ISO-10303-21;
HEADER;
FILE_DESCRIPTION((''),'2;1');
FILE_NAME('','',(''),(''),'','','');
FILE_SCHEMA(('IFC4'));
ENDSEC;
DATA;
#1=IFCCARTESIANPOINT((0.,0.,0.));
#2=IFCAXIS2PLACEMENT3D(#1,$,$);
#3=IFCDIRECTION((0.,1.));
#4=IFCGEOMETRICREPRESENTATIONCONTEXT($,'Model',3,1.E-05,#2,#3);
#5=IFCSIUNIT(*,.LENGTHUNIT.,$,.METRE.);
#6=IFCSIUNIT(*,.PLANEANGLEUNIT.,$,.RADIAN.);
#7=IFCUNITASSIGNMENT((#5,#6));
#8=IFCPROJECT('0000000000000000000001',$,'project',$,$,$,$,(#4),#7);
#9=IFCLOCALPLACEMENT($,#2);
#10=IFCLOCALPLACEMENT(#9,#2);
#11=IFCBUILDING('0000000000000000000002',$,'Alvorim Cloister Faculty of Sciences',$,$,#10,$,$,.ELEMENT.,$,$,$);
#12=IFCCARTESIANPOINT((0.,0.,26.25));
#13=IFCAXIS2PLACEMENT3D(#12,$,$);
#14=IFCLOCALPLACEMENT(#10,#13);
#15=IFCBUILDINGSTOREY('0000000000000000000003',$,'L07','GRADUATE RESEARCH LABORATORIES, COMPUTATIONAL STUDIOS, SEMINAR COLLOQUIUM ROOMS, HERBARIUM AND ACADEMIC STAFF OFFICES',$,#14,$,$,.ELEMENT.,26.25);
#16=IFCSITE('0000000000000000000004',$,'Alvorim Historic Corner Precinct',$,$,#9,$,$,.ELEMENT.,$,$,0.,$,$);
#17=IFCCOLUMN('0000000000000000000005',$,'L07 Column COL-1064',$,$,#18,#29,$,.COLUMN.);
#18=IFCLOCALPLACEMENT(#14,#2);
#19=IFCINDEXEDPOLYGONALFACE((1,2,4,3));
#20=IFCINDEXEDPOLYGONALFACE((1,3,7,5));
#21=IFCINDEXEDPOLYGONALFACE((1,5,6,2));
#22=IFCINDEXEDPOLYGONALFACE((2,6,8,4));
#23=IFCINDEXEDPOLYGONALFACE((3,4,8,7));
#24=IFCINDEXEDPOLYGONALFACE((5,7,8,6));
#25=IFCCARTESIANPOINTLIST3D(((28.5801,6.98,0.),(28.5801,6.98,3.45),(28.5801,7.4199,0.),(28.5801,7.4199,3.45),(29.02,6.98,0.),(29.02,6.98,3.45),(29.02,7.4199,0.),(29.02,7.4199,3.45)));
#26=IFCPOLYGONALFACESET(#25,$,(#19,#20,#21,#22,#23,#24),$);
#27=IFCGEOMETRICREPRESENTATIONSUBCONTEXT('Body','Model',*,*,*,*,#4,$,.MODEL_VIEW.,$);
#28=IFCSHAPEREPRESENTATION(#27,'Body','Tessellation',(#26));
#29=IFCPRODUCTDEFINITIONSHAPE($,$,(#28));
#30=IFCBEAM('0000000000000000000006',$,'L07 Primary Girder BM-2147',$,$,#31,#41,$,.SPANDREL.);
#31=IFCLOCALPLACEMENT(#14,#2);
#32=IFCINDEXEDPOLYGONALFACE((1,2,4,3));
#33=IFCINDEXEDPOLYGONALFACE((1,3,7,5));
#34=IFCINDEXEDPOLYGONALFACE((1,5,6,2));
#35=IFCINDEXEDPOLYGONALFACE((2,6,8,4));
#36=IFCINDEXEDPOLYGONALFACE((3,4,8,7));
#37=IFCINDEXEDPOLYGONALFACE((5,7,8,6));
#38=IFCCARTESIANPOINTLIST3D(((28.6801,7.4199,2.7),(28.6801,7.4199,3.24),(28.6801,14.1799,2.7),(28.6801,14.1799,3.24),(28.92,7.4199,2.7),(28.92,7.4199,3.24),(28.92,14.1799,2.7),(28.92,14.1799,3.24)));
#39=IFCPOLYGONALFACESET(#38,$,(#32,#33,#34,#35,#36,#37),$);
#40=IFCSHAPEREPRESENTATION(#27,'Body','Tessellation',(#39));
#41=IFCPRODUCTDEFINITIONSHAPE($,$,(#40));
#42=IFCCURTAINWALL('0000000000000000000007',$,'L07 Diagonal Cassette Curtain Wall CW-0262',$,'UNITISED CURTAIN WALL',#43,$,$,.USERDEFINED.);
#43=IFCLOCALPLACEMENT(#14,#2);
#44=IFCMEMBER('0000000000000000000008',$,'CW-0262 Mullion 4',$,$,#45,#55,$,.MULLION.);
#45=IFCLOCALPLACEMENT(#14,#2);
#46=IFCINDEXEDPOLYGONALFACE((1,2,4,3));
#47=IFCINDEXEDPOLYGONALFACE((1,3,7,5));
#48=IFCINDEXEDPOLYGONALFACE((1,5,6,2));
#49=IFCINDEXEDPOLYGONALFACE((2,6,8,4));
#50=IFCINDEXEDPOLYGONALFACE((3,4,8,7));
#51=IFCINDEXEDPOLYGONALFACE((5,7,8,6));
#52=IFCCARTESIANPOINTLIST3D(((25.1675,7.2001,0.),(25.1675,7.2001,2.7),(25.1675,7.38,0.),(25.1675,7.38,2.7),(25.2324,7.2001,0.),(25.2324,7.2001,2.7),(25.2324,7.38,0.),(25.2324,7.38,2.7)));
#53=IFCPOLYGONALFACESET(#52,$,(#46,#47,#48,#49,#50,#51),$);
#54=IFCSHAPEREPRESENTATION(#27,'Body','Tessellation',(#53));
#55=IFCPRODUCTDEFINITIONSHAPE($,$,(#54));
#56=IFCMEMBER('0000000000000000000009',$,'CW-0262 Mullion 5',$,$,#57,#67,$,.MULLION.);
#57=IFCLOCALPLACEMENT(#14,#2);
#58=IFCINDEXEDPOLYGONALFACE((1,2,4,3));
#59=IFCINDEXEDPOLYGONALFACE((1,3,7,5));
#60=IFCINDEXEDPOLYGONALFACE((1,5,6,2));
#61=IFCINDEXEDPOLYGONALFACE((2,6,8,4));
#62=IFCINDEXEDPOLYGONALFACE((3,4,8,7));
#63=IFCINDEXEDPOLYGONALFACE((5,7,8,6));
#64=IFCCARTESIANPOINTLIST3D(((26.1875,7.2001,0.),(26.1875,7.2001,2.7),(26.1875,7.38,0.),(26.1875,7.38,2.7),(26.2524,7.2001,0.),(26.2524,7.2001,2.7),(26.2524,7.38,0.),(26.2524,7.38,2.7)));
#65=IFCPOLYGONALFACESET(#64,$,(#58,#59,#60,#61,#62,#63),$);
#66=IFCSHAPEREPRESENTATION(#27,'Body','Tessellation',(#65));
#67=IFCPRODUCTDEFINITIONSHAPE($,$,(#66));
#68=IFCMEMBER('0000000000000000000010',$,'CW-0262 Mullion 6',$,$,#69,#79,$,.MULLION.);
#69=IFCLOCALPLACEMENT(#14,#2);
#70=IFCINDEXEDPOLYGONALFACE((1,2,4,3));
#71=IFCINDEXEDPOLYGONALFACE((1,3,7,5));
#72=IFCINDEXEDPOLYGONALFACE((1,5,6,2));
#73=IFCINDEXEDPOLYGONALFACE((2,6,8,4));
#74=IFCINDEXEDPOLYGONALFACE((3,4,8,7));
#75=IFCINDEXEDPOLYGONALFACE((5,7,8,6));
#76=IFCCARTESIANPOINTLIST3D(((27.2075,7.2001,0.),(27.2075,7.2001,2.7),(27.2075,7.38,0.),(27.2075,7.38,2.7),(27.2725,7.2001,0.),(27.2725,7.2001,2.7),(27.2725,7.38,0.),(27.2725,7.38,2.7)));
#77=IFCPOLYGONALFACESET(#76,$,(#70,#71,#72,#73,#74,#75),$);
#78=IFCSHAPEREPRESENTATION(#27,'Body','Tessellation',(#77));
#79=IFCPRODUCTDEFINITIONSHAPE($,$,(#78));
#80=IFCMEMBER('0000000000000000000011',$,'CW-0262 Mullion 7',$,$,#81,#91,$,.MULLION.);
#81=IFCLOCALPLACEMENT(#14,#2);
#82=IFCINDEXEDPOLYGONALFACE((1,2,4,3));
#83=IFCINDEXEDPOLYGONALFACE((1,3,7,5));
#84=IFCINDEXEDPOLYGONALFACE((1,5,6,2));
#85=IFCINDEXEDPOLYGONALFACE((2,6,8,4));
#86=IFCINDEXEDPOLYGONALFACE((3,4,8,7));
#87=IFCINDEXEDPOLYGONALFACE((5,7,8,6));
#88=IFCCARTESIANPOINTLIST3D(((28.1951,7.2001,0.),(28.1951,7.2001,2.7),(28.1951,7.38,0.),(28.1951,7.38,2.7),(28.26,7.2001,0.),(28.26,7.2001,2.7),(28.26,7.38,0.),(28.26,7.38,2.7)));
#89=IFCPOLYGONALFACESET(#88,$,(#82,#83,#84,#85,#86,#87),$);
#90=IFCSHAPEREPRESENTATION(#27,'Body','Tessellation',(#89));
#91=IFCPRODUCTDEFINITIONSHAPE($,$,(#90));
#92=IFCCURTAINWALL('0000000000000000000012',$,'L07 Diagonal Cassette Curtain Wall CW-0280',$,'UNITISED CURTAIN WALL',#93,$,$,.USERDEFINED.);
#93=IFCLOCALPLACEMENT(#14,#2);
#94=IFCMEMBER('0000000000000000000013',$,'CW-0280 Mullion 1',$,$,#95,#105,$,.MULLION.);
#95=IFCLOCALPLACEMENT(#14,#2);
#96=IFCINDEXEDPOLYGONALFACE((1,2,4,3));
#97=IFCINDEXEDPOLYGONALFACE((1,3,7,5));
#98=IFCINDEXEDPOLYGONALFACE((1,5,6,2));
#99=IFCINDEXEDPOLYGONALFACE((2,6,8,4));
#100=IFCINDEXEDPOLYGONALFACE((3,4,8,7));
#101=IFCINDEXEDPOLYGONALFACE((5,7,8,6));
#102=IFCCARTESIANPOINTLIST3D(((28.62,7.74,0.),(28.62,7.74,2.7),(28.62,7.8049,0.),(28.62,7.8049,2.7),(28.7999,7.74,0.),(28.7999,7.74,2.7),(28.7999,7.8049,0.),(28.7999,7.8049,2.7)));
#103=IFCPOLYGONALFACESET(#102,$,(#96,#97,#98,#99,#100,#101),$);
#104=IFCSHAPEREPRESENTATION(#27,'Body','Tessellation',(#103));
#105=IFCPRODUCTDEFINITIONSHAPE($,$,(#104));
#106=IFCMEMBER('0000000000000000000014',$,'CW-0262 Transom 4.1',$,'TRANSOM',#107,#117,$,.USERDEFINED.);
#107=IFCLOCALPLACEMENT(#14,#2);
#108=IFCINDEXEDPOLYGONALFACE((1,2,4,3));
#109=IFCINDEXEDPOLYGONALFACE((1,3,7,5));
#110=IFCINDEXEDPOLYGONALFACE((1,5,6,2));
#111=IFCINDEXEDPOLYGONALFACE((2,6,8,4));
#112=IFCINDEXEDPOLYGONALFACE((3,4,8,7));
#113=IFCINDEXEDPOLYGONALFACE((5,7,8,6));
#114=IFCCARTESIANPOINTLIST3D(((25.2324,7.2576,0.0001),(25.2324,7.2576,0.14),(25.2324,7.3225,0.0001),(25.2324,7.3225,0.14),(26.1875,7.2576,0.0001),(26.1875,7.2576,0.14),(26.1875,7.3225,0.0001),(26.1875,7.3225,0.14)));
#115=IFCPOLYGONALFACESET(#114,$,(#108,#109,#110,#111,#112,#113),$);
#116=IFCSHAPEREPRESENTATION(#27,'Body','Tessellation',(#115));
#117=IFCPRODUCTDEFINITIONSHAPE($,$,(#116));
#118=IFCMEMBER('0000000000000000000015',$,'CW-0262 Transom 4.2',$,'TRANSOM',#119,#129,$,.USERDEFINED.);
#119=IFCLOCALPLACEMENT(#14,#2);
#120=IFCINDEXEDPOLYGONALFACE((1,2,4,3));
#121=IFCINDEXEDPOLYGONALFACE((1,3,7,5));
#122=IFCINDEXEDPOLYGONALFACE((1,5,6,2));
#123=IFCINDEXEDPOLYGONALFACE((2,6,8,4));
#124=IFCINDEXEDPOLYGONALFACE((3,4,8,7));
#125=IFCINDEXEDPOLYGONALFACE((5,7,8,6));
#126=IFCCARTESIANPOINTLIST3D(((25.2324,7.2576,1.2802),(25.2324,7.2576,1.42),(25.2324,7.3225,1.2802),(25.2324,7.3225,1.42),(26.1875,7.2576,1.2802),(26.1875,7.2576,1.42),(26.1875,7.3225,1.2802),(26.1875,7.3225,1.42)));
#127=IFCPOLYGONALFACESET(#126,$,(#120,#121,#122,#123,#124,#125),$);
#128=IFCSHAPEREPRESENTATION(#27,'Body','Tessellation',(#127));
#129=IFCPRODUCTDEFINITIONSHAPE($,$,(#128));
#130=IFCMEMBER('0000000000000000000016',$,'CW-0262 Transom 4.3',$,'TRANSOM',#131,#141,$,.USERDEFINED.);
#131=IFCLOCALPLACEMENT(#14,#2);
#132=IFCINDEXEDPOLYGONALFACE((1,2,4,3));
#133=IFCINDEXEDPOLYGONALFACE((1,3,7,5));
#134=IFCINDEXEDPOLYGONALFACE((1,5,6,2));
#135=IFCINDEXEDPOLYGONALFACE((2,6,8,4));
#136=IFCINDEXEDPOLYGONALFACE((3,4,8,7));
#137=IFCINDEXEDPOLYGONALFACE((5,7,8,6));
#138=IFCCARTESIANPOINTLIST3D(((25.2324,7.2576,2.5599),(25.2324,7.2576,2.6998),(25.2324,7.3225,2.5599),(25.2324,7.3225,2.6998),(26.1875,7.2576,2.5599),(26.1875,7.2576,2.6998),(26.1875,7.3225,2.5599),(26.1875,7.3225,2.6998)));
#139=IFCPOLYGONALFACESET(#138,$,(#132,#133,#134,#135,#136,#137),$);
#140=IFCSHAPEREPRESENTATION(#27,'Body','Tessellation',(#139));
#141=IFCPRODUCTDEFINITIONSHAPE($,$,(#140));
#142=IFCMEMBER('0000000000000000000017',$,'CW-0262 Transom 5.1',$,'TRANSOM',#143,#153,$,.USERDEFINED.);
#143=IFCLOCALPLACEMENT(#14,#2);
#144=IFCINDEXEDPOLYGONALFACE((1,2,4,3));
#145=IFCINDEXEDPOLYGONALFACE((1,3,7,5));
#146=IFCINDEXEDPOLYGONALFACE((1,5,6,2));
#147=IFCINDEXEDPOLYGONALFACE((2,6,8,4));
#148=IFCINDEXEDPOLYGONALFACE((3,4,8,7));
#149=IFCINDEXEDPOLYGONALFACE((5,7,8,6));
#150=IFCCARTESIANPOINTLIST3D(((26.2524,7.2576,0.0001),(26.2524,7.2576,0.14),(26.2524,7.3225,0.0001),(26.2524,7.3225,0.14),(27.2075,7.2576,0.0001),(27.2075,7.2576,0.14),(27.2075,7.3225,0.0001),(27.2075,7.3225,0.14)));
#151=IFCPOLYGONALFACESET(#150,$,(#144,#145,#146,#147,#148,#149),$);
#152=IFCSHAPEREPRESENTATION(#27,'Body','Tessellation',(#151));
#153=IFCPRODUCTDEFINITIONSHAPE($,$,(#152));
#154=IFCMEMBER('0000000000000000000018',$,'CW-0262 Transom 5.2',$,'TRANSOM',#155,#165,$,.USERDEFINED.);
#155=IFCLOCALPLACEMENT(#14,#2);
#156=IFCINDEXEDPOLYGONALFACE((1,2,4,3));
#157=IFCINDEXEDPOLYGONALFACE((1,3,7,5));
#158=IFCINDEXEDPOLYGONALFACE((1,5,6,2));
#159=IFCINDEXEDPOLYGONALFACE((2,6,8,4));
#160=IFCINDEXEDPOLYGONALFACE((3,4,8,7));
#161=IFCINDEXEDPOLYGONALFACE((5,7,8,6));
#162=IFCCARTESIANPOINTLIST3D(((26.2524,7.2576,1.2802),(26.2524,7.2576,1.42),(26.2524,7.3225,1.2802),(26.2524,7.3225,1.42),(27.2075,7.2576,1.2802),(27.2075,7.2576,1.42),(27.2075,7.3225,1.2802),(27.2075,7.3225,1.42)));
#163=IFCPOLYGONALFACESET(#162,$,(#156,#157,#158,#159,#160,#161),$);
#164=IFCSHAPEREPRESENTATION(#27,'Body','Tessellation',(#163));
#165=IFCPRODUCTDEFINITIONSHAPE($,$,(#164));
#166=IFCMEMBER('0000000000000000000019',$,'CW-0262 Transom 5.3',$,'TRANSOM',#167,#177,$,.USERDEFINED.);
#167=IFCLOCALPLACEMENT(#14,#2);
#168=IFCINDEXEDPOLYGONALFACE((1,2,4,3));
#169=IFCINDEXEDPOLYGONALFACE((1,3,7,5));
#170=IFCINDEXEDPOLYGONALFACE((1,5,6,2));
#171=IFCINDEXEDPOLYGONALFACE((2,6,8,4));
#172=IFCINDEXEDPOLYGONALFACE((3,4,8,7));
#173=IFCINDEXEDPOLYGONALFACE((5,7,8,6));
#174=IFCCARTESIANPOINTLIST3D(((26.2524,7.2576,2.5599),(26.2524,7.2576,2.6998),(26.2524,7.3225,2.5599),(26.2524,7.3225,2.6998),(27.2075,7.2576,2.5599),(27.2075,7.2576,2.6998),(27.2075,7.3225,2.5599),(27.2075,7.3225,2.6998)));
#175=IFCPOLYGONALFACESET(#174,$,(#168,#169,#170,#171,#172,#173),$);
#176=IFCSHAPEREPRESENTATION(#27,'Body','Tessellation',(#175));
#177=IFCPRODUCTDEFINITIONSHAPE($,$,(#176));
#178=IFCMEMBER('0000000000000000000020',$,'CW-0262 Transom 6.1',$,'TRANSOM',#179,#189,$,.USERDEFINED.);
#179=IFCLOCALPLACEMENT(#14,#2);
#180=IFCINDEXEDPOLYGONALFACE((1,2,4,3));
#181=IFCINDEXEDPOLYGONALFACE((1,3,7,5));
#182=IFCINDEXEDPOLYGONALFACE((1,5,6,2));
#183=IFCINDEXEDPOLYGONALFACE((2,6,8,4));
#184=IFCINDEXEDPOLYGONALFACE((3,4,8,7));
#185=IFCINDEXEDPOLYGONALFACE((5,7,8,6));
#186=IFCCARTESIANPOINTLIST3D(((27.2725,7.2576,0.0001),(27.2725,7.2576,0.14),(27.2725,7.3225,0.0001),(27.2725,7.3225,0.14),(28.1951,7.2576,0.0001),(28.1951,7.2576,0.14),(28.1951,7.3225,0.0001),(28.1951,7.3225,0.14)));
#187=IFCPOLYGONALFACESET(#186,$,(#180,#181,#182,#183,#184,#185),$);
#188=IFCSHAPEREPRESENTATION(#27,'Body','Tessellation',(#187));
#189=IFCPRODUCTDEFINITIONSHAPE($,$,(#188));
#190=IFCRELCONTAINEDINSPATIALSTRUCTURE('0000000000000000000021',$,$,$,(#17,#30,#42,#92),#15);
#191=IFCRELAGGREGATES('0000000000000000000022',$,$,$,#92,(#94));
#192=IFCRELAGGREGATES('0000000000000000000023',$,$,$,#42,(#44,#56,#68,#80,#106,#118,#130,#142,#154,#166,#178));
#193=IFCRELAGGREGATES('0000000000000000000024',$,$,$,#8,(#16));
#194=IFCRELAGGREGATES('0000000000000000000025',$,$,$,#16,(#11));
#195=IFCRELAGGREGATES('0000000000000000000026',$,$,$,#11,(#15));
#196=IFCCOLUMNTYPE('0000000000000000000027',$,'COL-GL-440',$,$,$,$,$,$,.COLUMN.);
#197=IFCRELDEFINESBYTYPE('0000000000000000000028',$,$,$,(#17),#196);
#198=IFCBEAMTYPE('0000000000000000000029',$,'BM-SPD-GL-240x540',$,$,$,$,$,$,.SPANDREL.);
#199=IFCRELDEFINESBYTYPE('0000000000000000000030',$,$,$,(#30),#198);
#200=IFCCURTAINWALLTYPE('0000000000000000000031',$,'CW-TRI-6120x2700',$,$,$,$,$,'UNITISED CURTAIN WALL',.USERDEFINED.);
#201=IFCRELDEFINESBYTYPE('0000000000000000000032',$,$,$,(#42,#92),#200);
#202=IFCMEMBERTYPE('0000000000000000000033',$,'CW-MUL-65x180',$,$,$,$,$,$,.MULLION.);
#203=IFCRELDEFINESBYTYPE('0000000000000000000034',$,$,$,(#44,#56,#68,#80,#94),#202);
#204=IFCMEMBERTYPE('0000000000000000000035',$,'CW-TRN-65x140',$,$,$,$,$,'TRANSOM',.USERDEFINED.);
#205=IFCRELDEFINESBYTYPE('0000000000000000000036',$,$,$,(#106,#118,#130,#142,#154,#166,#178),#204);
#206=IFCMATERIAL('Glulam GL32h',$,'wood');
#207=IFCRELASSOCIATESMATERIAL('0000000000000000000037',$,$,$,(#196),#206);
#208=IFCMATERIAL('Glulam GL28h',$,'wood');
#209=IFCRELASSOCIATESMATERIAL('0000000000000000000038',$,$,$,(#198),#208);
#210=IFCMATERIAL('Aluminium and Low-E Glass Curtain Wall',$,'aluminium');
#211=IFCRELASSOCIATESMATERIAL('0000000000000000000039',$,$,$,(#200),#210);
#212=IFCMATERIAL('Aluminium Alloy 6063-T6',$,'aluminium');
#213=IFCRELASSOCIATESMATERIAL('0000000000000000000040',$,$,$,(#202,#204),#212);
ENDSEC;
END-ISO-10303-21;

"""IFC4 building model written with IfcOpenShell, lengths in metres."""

from ifc_helpers import new_model, si_unit, direction, frame, origin, origin_2d, place, context, subcontext, project, spatial, rectangle, extrude, material, material_profile, profile_set, type_object, element, aggregate, save


model = new_model("IFC4")

# Units and contexts
model_context = context("Model", 3, precision=1e-05, world=origin(), true_north=direction((0.0, 1.0)))
body_context = subcontext(model_context, "Body", "Model", "MODEL_VIEW")
ifc_project = project(units=[si_unit("LENGTHUNIT", "METRE"), si_unit("PLANEANGLEUNIT", "RADIAN")], contexts=[model_context])

# Site, building, storey
site_placement = place(None, origin())
site = spatial("IfcSite", under=ifc_project, at=site_placement, Name="Alvorim Historic Corner Precinct", CompositionType="ELEMENT", RefElevation=0.0)
building_placement = place(site_placement, origin())
building = spatial("IfcBuilding", under=site, at=building_placement, Name="Alvorim Cloister Faculty of Sciences", CompositionType="ELEMENT")
storey_placement = place(building_placement, frame((0.0, 0.0, 26.25)))
storey = spatial("IfcBuildingStorey", under=building, at=storey_placement, Name="L07", Description="GRADUATE RESEARCH LABORATORIES, COMPUTATIONAL STUDIOS, SEMINAR COLLOQUIUM ROOMS, HERBARIUM AND ACADEMIC STAFF OFFICES", CompositionType="ELEMENT", Elevation=26.25)

# Column
ifc_material_1 = material(Name="Glulam GL32h", Category="wood")
ifc_material_profile_1 = material_profile(ifc_material_1, rectangle(XDim=0.4399, YDim=0.4399, at=origin_2d()), Name="GL32-COL-440x440")
ifc_profile_set_1 = profile_set([ifc_material_profile_1], Name="Glulam GL32h")
column_type = type_object("IfcColumnType", Name="COL-GL-440", PredefinedType="COLUMN", material=ifc_profile_set_1)
column_placement = place(storey_placement, frame((28.8, 7.2, 0.0), z_axis=(0.0, 0.0, 1.0), x_axis=(1.0, 0.0, 0.0)))
element("IfcColumn", 1, at=column_placement, inside=storey, type_object=column_type, Name="L07 Column COL-1064", PredefinedType="COLUMN", context=body_context, shape_type="SweptSolid", body=[
    extrude(rectangle(XDim=0.4399, YDim=0.4399, at=origin_2d()), origin(), (0.0, 0.0, 1.0), 3.45),
])

# Beam
ifc_material_2 = material(Name="Glulam GL28h", Category="wood")
ifc_material_profile_2 = material_profile(ifc_material_2, rectangle(XDim=0.24, YDim=0.54, at=origin_2d()), Name="GL28-SPD-240x540")
ifc_profile_set_2 = profile_set([ifc_material_profile_2], Name="Glulam GL28h")
beam_type = type_object("IfcBeamType", Name="BM-SPD-GL-240x540", PredefinedType="SPANDREL", material=ifc_profile_set_2)
beam_placement = place(storey_placement, frame((28.8, 7.4199, 2.97), z_axis=(0.0, 1.0, 0.0), x_axis=(-1.0, 0.0, 0.0)))
element("IfcBeam", 2, at=beam_placement, inside=storey, type_object=beam_type, Name="L07 Primary Girder BM-2147", PredefinedType="SPANDREL", context=body_context, shape_type="SweptSolid", body=[
    extrude(rectangle(XDim=0.24, YDim=0.54, at=origin_2d()), origin(), (0.0, 0.0, 1.0), 6.76),
])

# Curtain wall, members
ifc_material_3 = material(Name="Aluminium and Low-E Glass Curtain Wall", Category="aluminium")
curtain_wall_type = type_object("IfcCurtainWallType", Name="CW-TRI-6120x2700", ElementType="UNITISED CURTAIN WALL", PredefinedType="USERDEFINED", material=ifc_material_3)
curtain_wall_1_placement = place(storey_placement, origin())
curtain_wall_1 = element("IfcCurtainWall", 3, at=curtain_wall_1_placement, inside=storey, type_object=curtain_wall_type, Name="L07 Diagonal Cassette Curtain Wall CW-0262", ObjectType="UNITISED CURTAIN WALL", PredefinedType="USERDEFINED")
ifc_material_4 = material(Name="Aluminium Alloy 6063-T6", Category="aluminium")
ifc_material_profile_3 = material_profile(ifc_material_4, rectangle(XDim=0.0649, YDim=0.1799, at=origin_2d()), Name="ALU-MUL-65x180")
ifc_profile_set_3 = profile_set([ifc_material_profile_3], Name="Aluminium Alloy 6063-T6")
member_type_1 = type_object("IfcMemberType", Name="CW-MUL-65x180", PredefinedType="MULLION", material=ifc_profile_set_3)
member_1_placement = place(storey_placement, frame((25.2, 7.29, 0.0), z_axis=(0.0, 0.0, 1.0), x_axis=(1.0, 0.0, 0.0)))
member_1 = element("IfcMember", 4, at=member_1_placement, type_object=member_type_1, Name="CW-0262 Mullion 4", PredefinedType="MULLION", context=body_context, shape_type="SweptSolid", body=[
    extrude(rectangle(XDim=0.0649, YDim=0.1799, at=origin_2d()), origin(), (0.0, 0.0, 1.0), 2.7),
])
member_2_placement = place(storey_placement, frame((26.22, 7.29, 0.0), z_axis=(0.0, 0.0, 1.0), x_axis=(1.0, 0.0, 0.0)))
member_2 = element("IfcMember", 5, at=member_2_placement, type_object=member_type_1, Name="CW-0262 Mullion 5", PredefinedType="MULLION", context=body_context, shape_type="SweptSolid", body=[
    extrude(rectangle(XDim=0.0649, YDim=0.1799, at=origin_2d()), origin(), (0.0, 0.0, 1.0), 2.7),
])
member_3_placement = place(storey_placement, frame((27.24, 7.29, 0.0), z_axis=(0.0, 0.0, 1.0), x_axis=(1.0, 0.0, 0.0)))
member_3 = element("IfcMember", 6, at=member_3_placement, type_object=member_type_1, Name="CW-0262 Mullion 6", PredefinedType="MULLION", context=body_context, shape_type="SweptSolid", body=[
    extrude(rectangle(XDim=0.0649, YDim=0.1799, at=origin_2d()), origin(), (0.0, 0.0, 1.0), 2.7),
])
member_4_placement = place(storey_placement, frame((28.2275, 7.29, 0.0), z_axis=(0.0, 0.0, 1.0), x_axis=(1.0, 0.0, 0.0)))
member_4 = element("IfcMember", 7, at=member_4_placement, type_object=member_type_1, Name="CW-0262 Mullion 7", PredefinedType="MULLION", context=body_context, shape_type="SweptSolid", body=[
    extrude(rectangle(XDim=0.0649, YDim=0.1799, at=origin_2d()), origin(), (0.0, 0.0, 1.0), 2.7),
])

# Curtain wall, member
curtain_wall_2_placement = place(storey_placement, origin())
curtain_wall_2 = element("IfcCurtainWall", 8, at=curtain_wall_2_placement, inside=storey, type_object=curtain_wall_type, Name="L07 Diagonal Cassette Curtain Wall CW-0280", ObjectType="UNITISED CURTAIN WALL", PredefinedType="USERDEFINED")
member_5_placement = place(storey_placement, frame((28.71, 7.7725, 0.0), z_axis=(0.0, 0.0, 1.0), x_axis=(0.0, 1.0, 0.0)))
member_5 = element("IfcMember", 9, at=member_5_placement, type_object=member_type_1, Name="CW-0280 Mullion 1", PredefinedType="MULLION", context=body_context, shape_type="SweptSolid", body=[
    extrude(rectangle(XDim=0.0649, YDim=0.1799, at=origin_2d()), origin(), (0.0, 0.0, 1.0), 2.7),
])

# Members
ifc_material_profile_4 = material_profile(ifc_material_4, rectangle(XDim=0.0649, YDim=0.1399, at=origin_2d()), Name="ALU-TRN-65x140")
ifc_profile_set_4 = profile_set([ifc_material_profile_4], Name="Aluminium Alloy 6063-T6")
member_type_2 = type_object("IfcMemberType", Name="CW-TRN-65x140", ElementType="TRANSOM", PredefinedType="USERDEFINED", material=ifc_profile_set_4)
member_6_placement = place(storey_placement, frame((25.2324, 7.29, 0.0701), z_axis=(1.0, 0.0, 0.0), x_axis=(0.0, 1.0, 0.0)))
member_6 = element("IfcMember", 10, at=member_6_placement, type_object=member_type_2, Name="CW-0262 Transom 4.1", ObjectType="TRANSOM", PredefinedType="USERDEFINED", context=body_context, shape_type="SweptSolid", body=[
    extrude(rectangle(XDim=0.0649, YDim=0.1399, at=origin_2d()), origin(), (0.0, 0.0, 1.0), 0.9551),
])
member_7_placement = place(storey_placement, frame((25.2324, 7.29, 1.3501), z_axis=(1.0, 0.0, 0.0), x_axis=(0.0, 1.0, 0.0)))
member_7 = element("IfcMember", 11, at=member_7_placement, type_object=member_type_2, Name="CW-0262 Transom 4.2", ObjectType="TRANSOM", PredefinedType="USERDEFINED", context=body_context, shape_type="SweptSolid", body=[
    extrude(rectangle(XDim=0.0649, YDim=0.1399, at=origin_2d()), origin(), (0.0, 0.0, 1.0), 0.9551),
])
member_8_placement = place(storey_placement, frame((25.2324, 7.29, 2.6299), z_axis=(1.0, 0.0, 0.0), x_axis=(0.0, 1.0, 0.0)))
member_8 = element("IfcMember", 12, at=member_8_placement, type_object=member_type_2, Name="CW-0262 Transom 4.3", ObjectType="TRANSOM", PredefinedType="USERDEFINED", context=body_context, shape_type="SweptSolid", body=[
    extrude(rectangle(XDim=0.0649, YDim=0.1399, at=origin_2d()), origin(), (0.0, 0.0, 1.0), 0.9551),
])
member_9_placement = place(storey_placement, frame((26.2524, 7.29, 0.0701), z_axis=(1.0, 0.0, 0.0), x_axis=(0.0, 1.0, 0.0)))
member_9 = element("IfcMember", 13, at=member_9_placement, type_object=member_type_2, Name="CW-0262 Transom 5.1", ObjectType="TRANSOM", PredefinedType="USERDEFINED", context=body_context, shape_type="SweptSolid", body=[
    extrude(rectangle(XDim=0.0649, YDim=0.1399, at=origin_2d()), origin(), (0.0, 0.0, 1.0), 0.9551),
])
member_10_placement = place(storey_placement, frame((26.2524, 7.29, 1.3501), z_axis=(1.0, 0.0, 0.0), x_axis=(0.0, 1.0, 0.0)))
member_10 = element("IfcMember", 14, at=member_10_placement, type_object=member_type_2, Name="CW-0262 Transom 5.2", ObjectType="TRANSOM", PredefinedType="USERDEFINED", context=body_context, shape_type="SweptSolid", body=[
    extrude(rectangle(XDim=0.0649, YDim=0.1399, at=origin_2d()), origin(), (0.0, 0.0, 1.0), 0.9551),
])
member_11_placement = place(storey_placement, frame((26.2524, 7.29, 2.6299), z_axis=(1.0, 0.0, 0.0), x_axis=(0.0, 1.0, 0.0)))
member_11 = element("IfcMember", 15, at=member_11_placement, type_object=member_type_2, Name="CW-0262 Transom 5.3", ObjectType="TRANSOM", PredefinedType="USERDEFINED", context=body_context, shape_type="SweptSolid", body=[
    extrude(rectangle(XDim=0.0649, YDim=0.1399, at=origin_2d()), origin(), (0.0, 0.0, 1.0), 0.9551),
])
member_12_placement = place(storey_placement, frame((27.2725, 7.29, 0.0701), z_axis=(1.0, 0.0, 0.0), x_axis=(0.0, 1.0, 0.0)))
member_12 = element("IfcMember", 16, at=member_12_placement, type_object=member_type_2, Name="CW-0262 Transom 6.1", ObjectType="TRANSOM", PredefinedType="USERDEFINED", context=body_context, shape_type="SweptSolid", body=[
    extrude(rectangle(XDim=0.0649, YDim=0.1399, at=origin_2d()), origin(), (0.0, 0.0, 1.0), 0.9226),
])
aggregate(curtain_wall_2, [member_5])

aggregate(curtain_wall_1, [member_1, member_2, member_3, member_4, member_6, member_7, member_8, member_9, member_10, member_11, member_12])

save(model, "model.ifc")
